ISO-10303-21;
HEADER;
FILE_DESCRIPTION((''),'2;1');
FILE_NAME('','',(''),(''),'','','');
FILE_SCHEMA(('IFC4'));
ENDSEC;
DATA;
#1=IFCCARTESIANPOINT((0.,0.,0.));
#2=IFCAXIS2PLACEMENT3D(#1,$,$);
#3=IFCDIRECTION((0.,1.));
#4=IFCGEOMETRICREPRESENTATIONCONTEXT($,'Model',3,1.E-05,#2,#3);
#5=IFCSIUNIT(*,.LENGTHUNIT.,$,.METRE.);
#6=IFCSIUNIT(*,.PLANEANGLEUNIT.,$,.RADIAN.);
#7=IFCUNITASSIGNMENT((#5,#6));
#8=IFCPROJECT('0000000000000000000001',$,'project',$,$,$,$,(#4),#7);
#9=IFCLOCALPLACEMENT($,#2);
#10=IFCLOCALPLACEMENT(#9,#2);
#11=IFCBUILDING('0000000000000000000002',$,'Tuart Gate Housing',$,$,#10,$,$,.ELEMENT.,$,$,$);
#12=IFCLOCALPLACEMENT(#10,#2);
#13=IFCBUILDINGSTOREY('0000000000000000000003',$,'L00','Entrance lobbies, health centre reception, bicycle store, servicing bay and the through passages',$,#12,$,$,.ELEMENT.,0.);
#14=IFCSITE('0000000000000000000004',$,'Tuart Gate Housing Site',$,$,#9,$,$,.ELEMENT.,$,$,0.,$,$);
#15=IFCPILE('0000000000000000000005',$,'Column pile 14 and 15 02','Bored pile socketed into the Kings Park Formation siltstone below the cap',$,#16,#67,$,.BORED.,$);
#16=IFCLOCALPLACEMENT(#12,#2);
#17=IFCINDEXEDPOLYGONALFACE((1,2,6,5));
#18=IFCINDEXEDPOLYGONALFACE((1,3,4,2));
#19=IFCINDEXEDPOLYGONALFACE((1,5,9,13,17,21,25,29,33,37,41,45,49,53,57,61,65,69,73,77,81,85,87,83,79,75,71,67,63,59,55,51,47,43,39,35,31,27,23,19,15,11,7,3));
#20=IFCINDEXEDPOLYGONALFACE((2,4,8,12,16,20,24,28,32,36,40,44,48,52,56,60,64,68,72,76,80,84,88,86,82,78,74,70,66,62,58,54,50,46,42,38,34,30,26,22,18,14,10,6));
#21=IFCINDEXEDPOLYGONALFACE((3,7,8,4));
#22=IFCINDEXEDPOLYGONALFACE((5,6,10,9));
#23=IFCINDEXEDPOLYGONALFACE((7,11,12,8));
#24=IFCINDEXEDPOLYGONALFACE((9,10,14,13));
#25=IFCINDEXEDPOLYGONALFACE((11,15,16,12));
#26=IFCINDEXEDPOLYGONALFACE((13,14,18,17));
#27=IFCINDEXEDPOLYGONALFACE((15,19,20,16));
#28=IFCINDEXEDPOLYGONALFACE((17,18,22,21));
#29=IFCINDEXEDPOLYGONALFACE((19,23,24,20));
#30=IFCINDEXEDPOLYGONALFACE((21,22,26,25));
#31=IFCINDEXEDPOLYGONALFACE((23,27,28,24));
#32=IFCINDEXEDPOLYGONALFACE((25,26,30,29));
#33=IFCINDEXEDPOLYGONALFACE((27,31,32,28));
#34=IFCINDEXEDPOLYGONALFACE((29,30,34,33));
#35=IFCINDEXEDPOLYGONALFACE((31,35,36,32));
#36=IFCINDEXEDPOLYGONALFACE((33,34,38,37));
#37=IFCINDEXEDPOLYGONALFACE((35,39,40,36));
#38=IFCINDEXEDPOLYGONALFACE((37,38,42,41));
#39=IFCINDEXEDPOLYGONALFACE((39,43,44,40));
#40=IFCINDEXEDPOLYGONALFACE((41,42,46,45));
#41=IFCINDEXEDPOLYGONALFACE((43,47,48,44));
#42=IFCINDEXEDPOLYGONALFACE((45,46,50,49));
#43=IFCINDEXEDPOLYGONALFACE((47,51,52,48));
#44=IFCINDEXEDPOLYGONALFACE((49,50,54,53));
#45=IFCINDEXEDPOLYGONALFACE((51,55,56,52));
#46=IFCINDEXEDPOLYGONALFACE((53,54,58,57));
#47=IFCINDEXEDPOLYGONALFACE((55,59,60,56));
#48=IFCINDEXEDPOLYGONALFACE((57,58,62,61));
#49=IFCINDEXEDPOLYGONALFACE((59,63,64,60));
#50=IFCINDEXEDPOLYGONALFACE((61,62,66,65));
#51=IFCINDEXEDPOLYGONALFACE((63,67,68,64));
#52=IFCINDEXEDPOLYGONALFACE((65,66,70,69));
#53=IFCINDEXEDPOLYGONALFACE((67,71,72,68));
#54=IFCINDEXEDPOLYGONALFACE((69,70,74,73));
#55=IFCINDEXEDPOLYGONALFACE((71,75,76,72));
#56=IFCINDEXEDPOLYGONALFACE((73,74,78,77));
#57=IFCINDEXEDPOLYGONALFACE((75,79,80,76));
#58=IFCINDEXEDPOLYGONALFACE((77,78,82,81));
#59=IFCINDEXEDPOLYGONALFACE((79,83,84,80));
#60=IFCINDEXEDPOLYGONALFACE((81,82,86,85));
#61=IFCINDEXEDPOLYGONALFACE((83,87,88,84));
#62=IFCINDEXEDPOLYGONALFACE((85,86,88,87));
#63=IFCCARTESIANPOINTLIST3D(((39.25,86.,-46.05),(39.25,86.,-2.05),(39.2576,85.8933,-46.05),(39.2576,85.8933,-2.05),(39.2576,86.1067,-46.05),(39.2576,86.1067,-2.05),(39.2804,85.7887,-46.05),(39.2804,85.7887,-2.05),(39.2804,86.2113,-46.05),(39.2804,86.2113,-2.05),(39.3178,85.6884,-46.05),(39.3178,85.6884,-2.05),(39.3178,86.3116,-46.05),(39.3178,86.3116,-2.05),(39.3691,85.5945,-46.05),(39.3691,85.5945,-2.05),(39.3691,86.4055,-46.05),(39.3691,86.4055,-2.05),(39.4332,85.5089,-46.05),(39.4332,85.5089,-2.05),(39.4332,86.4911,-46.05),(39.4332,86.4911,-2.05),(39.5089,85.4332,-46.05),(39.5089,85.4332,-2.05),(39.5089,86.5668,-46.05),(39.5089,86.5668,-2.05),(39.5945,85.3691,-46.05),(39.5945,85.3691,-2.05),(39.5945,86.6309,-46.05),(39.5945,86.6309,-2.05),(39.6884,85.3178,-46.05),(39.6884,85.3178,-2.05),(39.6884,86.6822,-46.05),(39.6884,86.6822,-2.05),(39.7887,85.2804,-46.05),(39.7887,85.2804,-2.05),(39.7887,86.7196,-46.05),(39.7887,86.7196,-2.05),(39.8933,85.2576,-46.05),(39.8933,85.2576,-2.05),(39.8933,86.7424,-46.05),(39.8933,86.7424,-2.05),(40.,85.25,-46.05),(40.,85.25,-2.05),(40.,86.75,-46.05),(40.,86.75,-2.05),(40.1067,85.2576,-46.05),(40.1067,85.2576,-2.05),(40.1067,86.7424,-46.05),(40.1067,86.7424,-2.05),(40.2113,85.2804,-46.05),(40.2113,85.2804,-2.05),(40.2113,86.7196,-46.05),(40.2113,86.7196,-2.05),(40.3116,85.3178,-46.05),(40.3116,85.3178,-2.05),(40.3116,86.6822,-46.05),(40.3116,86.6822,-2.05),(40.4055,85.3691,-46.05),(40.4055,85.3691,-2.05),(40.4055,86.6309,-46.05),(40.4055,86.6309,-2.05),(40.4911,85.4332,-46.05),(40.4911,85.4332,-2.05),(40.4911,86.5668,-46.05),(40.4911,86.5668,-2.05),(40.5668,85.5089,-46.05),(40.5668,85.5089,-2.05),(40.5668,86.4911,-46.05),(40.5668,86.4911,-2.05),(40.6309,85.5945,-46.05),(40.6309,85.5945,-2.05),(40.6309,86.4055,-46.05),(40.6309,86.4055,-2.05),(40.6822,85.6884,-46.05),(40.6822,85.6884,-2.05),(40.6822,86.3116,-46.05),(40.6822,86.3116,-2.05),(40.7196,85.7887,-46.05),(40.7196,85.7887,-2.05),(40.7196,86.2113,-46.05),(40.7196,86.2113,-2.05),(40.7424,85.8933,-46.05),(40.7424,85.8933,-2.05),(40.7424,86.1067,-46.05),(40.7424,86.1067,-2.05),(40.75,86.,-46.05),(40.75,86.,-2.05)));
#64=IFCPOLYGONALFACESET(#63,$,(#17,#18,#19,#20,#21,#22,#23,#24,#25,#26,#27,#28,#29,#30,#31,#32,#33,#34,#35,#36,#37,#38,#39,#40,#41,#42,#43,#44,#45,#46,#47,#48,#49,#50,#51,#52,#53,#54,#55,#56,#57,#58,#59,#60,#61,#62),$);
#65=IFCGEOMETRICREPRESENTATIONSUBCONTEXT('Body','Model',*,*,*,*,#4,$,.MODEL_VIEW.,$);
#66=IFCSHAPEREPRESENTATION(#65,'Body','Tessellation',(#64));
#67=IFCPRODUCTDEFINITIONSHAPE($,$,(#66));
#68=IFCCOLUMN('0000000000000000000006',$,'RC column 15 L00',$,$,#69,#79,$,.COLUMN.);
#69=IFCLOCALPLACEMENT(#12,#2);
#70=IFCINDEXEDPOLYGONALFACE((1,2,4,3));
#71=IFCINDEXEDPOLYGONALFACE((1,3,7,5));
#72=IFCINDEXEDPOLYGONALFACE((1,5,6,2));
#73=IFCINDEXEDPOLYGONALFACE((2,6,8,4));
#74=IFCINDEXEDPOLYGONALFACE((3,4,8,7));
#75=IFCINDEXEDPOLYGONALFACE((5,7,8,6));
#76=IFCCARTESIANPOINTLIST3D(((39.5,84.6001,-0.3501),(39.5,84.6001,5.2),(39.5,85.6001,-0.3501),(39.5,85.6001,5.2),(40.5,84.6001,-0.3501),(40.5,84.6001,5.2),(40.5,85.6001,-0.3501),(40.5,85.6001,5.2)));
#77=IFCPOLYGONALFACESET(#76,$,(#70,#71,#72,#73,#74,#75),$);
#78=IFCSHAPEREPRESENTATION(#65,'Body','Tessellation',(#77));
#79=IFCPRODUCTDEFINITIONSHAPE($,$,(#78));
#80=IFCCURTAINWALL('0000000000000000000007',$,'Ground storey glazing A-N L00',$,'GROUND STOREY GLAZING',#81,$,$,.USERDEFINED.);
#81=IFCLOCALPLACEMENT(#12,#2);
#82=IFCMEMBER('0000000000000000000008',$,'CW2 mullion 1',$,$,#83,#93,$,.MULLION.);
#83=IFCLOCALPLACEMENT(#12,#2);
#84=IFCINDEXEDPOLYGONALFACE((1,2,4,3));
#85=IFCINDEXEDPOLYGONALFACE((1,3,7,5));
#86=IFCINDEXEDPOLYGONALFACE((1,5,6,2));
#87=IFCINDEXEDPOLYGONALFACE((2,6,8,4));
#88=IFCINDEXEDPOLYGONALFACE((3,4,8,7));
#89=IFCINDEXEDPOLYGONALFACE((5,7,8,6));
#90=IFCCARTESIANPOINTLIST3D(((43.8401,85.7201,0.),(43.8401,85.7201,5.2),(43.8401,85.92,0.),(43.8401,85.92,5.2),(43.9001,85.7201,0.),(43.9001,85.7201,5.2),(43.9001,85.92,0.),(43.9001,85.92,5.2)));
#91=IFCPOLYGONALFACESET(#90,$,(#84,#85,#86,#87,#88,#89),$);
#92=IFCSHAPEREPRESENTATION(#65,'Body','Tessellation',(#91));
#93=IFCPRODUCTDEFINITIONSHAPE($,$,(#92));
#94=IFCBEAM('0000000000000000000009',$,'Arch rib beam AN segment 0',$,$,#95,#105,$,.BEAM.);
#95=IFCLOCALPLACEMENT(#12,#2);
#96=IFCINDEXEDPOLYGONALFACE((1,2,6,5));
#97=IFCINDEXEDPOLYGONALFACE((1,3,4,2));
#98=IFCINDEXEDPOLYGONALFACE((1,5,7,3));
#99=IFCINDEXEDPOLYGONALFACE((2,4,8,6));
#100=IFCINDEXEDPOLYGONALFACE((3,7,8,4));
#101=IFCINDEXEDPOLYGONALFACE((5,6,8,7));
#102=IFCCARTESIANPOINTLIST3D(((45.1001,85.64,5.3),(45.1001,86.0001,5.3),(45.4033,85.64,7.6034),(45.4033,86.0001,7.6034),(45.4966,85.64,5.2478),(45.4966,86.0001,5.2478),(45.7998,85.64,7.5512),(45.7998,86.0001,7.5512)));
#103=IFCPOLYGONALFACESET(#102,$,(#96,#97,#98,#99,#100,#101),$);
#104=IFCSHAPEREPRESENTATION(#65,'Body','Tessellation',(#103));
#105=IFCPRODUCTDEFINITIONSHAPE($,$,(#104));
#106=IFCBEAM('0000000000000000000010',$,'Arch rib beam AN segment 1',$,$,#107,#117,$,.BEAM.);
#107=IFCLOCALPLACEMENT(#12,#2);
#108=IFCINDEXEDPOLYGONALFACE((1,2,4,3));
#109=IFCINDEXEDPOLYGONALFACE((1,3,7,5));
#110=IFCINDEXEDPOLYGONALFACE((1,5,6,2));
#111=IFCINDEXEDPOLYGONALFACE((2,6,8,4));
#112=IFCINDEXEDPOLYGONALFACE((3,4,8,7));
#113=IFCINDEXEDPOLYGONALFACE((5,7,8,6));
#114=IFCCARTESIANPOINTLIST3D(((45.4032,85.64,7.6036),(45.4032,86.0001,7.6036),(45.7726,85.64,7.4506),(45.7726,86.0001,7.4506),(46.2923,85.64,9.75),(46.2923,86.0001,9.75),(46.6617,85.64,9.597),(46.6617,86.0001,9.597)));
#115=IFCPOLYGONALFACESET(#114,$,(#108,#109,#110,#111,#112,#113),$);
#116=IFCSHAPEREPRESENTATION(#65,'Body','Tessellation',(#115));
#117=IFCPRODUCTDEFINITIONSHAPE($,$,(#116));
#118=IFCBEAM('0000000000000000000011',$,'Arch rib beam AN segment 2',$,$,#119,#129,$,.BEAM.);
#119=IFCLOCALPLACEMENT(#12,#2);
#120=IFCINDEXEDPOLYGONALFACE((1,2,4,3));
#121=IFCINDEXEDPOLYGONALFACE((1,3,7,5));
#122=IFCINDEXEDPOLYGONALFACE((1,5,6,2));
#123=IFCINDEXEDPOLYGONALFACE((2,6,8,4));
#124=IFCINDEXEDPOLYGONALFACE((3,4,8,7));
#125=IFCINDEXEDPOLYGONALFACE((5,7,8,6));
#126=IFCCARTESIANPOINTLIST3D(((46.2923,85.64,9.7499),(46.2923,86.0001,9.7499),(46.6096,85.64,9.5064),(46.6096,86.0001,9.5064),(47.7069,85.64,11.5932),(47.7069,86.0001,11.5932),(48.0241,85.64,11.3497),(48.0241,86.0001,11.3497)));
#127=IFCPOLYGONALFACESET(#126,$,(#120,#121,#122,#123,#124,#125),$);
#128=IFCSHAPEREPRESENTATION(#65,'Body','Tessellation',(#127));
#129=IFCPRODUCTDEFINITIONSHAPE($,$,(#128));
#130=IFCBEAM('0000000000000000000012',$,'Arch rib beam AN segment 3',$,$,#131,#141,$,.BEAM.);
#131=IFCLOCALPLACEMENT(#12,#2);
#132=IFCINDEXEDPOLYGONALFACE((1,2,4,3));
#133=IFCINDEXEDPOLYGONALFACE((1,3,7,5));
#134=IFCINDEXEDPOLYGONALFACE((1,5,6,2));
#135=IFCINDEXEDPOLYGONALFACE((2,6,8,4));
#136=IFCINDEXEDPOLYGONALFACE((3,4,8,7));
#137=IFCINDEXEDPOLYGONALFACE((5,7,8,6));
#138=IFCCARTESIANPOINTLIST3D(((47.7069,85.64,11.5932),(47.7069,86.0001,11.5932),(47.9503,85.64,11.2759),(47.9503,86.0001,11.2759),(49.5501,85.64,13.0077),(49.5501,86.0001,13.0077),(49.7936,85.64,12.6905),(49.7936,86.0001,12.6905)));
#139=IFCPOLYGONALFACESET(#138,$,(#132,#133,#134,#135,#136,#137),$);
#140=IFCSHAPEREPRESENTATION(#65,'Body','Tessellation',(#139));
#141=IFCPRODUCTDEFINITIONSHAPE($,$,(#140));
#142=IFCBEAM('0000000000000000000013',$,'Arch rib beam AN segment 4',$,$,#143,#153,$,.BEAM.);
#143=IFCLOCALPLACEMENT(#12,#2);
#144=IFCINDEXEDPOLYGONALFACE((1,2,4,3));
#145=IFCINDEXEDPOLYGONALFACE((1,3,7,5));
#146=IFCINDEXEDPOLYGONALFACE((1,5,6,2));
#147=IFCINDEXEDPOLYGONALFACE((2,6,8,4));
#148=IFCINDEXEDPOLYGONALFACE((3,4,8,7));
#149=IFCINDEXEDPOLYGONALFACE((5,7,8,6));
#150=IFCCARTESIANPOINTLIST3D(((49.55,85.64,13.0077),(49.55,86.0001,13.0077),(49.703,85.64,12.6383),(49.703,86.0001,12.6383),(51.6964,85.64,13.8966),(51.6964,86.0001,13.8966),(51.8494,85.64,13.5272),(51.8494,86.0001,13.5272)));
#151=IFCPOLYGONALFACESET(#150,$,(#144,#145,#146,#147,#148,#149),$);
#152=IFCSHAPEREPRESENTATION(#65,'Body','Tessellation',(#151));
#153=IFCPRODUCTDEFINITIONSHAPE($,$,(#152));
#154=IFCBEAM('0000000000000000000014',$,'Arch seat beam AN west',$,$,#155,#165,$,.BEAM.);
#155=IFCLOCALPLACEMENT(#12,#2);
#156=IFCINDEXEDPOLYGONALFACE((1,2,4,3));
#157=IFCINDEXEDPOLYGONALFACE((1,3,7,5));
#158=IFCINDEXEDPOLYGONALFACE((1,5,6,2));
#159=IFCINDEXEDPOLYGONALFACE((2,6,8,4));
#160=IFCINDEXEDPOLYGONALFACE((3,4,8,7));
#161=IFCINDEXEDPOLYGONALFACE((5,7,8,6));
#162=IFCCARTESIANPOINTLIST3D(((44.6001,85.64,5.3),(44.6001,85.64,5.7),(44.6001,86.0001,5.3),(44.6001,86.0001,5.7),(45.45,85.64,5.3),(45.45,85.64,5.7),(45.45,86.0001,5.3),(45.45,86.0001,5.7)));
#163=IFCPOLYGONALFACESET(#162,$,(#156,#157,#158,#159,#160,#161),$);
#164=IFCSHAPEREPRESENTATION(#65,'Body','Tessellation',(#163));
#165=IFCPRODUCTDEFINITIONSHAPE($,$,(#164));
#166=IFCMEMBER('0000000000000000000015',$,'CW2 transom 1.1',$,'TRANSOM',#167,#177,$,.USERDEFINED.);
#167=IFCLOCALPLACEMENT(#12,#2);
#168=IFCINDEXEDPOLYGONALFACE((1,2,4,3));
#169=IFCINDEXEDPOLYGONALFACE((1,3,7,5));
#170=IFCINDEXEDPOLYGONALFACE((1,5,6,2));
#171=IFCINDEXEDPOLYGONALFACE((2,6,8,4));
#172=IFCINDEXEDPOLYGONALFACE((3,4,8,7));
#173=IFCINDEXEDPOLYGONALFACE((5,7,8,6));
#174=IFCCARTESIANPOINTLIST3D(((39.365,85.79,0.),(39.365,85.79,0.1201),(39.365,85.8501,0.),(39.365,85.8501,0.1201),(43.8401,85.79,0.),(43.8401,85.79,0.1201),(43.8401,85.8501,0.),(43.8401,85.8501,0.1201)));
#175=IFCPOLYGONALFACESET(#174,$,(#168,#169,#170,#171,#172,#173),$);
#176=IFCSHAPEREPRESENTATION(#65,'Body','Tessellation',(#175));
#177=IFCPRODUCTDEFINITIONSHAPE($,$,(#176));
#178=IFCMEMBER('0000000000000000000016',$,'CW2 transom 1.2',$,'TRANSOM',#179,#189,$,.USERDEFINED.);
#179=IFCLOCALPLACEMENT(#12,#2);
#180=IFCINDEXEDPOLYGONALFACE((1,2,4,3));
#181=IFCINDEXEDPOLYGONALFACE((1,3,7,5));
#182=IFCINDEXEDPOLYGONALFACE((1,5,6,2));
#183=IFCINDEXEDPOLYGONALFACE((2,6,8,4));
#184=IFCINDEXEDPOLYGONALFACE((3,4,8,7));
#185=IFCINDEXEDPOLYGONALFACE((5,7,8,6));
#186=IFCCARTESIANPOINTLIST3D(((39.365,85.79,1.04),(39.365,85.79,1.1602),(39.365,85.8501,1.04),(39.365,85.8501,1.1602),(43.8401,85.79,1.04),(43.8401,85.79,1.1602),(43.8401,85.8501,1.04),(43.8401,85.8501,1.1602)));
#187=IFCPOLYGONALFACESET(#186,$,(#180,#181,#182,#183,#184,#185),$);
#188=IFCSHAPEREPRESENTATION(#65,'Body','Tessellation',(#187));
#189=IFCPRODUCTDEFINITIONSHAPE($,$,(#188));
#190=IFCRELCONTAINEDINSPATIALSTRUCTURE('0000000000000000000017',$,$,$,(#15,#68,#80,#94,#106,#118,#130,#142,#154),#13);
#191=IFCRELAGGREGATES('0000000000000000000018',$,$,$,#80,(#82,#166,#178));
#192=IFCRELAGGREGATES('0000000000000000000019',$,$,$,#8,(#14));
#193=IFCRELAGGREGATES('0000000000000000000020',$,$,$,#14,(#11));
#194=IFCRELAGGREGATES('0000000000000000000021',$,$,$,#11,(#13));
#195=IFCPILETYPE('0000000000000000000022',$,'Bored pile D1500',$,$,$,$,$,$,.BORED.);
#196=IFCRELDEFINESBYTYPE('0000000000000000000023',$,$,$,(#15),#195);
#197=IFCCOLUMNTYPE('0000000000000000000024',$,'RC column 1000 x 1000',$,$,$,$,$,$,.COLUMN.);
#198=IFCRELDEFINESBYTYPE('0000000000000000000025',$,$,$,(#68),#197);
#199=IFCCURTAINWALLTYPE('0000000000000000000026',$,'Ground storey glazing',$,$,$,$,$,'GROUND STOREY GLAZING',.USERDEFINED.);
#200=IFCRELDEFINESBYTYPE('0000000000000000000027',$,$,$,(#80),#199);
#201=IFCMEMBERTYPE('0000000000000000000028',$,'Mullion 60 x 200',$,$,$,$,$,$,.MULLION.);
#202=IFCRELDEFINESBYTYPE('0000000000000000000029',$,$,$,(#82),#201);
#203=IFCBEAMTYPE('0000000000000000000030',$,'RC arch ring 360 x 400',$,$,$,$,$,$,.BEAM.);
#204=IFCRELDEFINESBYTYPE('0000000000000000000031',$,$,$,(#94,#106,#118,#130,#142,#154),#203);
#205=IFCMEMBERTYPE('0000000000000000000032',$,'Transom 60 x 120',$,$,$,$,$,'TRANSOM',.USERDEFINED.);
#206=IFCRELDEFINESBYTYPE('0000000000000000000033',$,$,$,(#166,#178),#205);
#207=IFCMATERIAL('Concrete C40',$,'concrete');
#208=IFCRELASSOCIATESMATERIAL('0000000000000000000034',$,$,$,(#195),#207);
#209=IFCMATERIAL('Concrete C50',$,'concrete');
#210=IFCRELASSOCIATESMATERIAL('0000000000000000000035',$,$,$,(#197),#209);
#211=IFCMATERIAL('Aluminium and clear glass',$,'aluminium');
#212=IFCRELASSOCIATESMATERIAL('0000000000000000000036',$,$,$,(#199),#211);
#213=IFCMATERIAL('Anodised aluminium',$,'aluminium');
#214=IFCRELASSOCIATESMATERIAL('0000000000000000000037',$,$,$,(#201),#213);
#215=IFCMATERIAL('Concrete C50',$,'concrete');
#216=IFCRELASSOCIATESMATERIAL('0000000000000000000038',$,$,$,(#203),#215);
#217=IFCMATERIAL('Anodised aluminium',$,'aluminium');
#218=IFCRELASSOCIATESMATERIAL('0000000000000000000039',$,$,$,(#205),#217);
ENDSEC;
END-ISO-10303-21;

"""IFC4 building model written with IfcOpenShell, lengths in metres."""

from ifc_helpers import new_model, si_unit, direction, frame, origin, origin_2d, place, context, subcontext, project, spatial, rectangle, circle, extrude, material, material_profile, profile_set, type_object, element, aggregate, save


model = new_model("IFC4")

# Units and contexts
model_context = context("Model", 3, precision=1e-05, world=origin(), true_north=direction((0.0, 1.0)))
body_context = subcontext(model_context, "Body", "Model", "MODEL_VIEW")
ifc_project = project(units=[si_unit("LENGTHUNIT", "METRE"), si_unit("PLANEANGLEUNIT", "RADIAN")], contexts=[model_context])

# Site, building, storey
site_placement = place(None, origin())
site = spatial("IfcSite", under=ifc_project, at=site_placement, Name="Tuart Gate Housing Site", CompositionType="ELEMENT", RefElevation=0.0)
building_placement = place(site_placement, origin())
building = spatial("IfcBuilding", under=site, at=building_placement, Name="Tuart Gate Housing", CompositionType="ELEMENT")
storey_placement = place(building_placement, origin())
storey = spatial("IfcBuildingStorey", under=building, at=storey_placement, Name="L00", Description="Entrance lobbies, health centre reception, bicycle store, servicing bay and the through passages", CompositionType="ELEMENT", Elevation=0.0)

# Pile
ifc_material_1 = material(Name="Concrete C40", Category="concrete")
ifc_material_profile_1 = material_profile(ifc_material_1, circle(Radius=0.75, at=origin_2d()), Name="Bored pile D1500")
ifc_profile_set_1 = profile_set([ifc_material_profile_1], Name="Concrete C40")
pile_type = type_object("IfcPileType", Name="Bored pile D1500", PredefinedType="BORED", material=ifc_profile_set_1)
pile_placement = place(storey_placement, frame((40.0, 86.0, -2.05), z_axis=(0.0, 0.0, -1.0), x_axis=(1.0, 0.0, 0.0)))
element("IfcPile", 1, at=pile_placement, inside=storey, type_object=pile_type, Name="Column pile 14 and 15 02", Description="Bored pile socketed into the Kings Park Formation siltstone below the cap", PredefinedType="BORED", context=body_context, shape_type="SweptSolid", body=[
    extrude(circle(Radius=0.75, at=origin_2d()), origin(), (0.0, 0.0, 1.0), 44.0),
])

# Column
ifc_material_2 = material(Name="Concrete C50", Category="concrete")
ifc_material_profile_2 = material_profile(ifc_material_2, rectangle(XDim=1.0, YDim=1.0, at=origin_2d()), Name="RC column 1000 x 1000")
ifc_profile_set_2 = profile_set([ifc_material_profile_2], Name="Concrete C50")
column_type = type_object("IfcColumnType", Name="RC column 1000 x 1000", PredefinedType="COLUMN", material=ifc_profile_set_2)
column_placement = place(storey_placement, frame((40.0, 85.1001, -0.3501), z_axis=(0.0, 0.0, 1.0), x_axis=(1.0, 0.0, 0.0)))
element("IfcColumn", 2, at=column_placement, inside=storey, type_object=column_type, Name="RC column 15 L00", PredefinedType="COLUMN", context=body_context, shape_type="SweptSolid", body=[
    extrude(rectangle(XDim=1.0, YDim=1.0, at=origin_2d()), origin(), (0.0, 0.0, 1.0), 5.55),
])

# Curtain wall, member
ifc_material_3 = material(Name="Aluminium and clear glass", Category="aluminium")
curtain_wall_type = type_object("IfcCurtainWallType", Name="Ground storey glazing", ElementType="GROUND STOREY GLAZING", PredefinedType="USERDEFINED", material=ifc_material_3)
curtain_wall_placement = place(storey_placement, origin())
curtain_wall = element("IfcCurtainWall", 3, at=curtain_wall_placement, inside=storey, type_object=curtain_wall_type, Name="Ground storey glazing A-N L00", ObjectType="GROUND STOREY GLAZING", PredefinedType="USERDEFINED")
ifc_material_4 = material(Name="Anodised aluminium", Category="aluminium")
ifc_material_profile_3 = material_profile(ifc_material_4, rectangle(XDim=0.0601, YDim=0.2, at=origin_2d()), Name="60x200")
ifc_profile_set_3 = profile_set([ifc_material_profile_3], Name="Anodised aluminium")
member_type_1 = type_object("IfcMemberType", Name="Mullion 60 x 200", PredefinedType="MULLION", material=ifc_profile_set_3)
member_1_placement = place(storey_placement, frame((43.8701, 85.8201, 0.0), z_axis=(0.0, 0.0, 1.0), x_axis=(-1.0, 0.0, 0.0)))
member_1 = element("IfcMember", 4, at=member_1_placement, type_object=member_type_1, Name="CW2 mullion 1", PredefinedType="MULLION", context=body_context, shape_type="SweptSolid", body=[
    extrude(rectangle(XDim=0.0601, YDim=0.2, at=origin_2d()), origin(), (0.0, 0.0, 1.0), 5.2),
])

# Beams
ifc_material_5 = material(Name="Concrete C50", Category="concrete")
ifc_material_profile_4 = material_profile(ifc_material_5, rectangle(XDim=0.3601, YDim=0.3999, at=origin_2d()), Name="RC arch ring 360 x 400")
ifc_profile_set_4 = profile_set([ifc_material_profile_4], Name="Concrete C50")
beam_type = type_object("IfcBeamType", Name="RC arch ring 360 x 400", PredefinedType="BEAM", material=ifc_profile_set_4)
for number, where, z_axis, x_axis, name in (
    (5, (45.2983, 85.8201, 5.2739), (0.130512, 0.0, 0.991447), (0.0, 1.0, 0.0), "Arch rib beam AN segment 0"),
    (6, (45.5879, 85.8201, 7.5271), (0.382704, 0.0, 0.923871), (0.0, 1.0, 0.0), "Arch rib beam AN segment 1"),
):
    element("IfcBeam", number, at=place(storey_placement, frame(where, z_axis=z_axis, x_axis=x_axis)), inside=storey, type_object=beam_type, Name=name, PredefinedType="BEAM", context=body_context, shape_type="SweptSolid", body=[
        extrude(rectangle(XDim=0.3601, YDim=0.3999, at=origin_2d()), origin(), (0.0, 0.0, 1.0), 2.3232),
    ])
for number, where, z_axis, x_axis, name in (
    (7, (46.4509, 85.8201, 9.6282), (0.608806, 0.0, 0.793319), (0.0, 1.0, 0.0), "Arch rib beam AN segment 2"),
    (8, (47.8286, 85.8201, 11.4346), (0.793319, 0.0, 0.608806), (0.0, 1.0, 0.0), "Arch rib beam AN segment 3"),
):
    element("IfcBeam", number, at=place(storey_placement, frame(where, z_axis=z_axis, x_axis=x_axis)), inside=storey, type_object=beam_type, Name=name, PredefinedType="BEAM", context=body_context, shape_type="SweptSolid", body=[
        extrude(rectangle(XDim=0.3601, YDim=0.3999, at=origin_2d()), origin(), (0.0, 0.0, 1.0), 2.3235),
    ])
beam_1_placement = place(storey_placement, frame((49.6265, 85.8201, 12.823), z_axis=(0.923908, 0.0, 0.382615), x_axis=(0.0, 1.0, 0.0)))
element("IfcBeam", 9, at=beam_1_placement, inside=storey, type_object=beam_type, Name="Arch rib beam AN segment 4", PredefinedType="BEAM", context=body_context, shape_type="SweptSolid", body=[
    extrude(rectangle(XDim=0.3601, YDim=0.3999, at=origin_2d()), origin(), (0.0, 0.0, 1.0), 2.3232),
])
beam_2_placement = place(storey_placement, frame((44.6001, 85.8201, 5.5), z_axis=(1.0, 0.0, 0.0), x_axis=(0.0, 1.0, 0.0)))
element("IfcBeam", 10, at=beam_2_placement, inside=storey, type_object=beam_type, Name="Arch seat beam AN west", PredefinedType="BEAM", context=body_context, shape_type="SweptSolid", body=[
    extrude(rectangle(XDim=0.3601, YDim=0.3999, at=origin_2d()), origin(), (0.0, 0.0, 1.0), 0.8499),
])

# Members
ifc_material_6 = material(Name="Anodised aluminium", Category="aluminium")
ifc_material_profile_5 = material_profile(ifc_material_6, rectangle(XDim=0.0601, YDim=0.1201, at=origin_2d()), Name="60x120")
ifc_profile_set_5 = profile_set([ifc_material_profile_5], Name="Anodised aluminium")
member_type_2 = type_object("IfcMemberType", Name="Transom 60 x 120", ElementType="TRANSOM", PredefinedType="USERDEFINED", material=ifc_profile_set_5)
member_2_placement = place(storey_placement, frame((43.8401, 85.8201, 0.0601), z_axis=(-1.0, 0.0, 0.0), x_axis=(0.0, -1.0, 0.0)))
member_2 = element("IfcMember", 11, at=member_2_placement, type_object=member_type_2, Name="CW2 transom 1.1", ObjectType="TRANSOM", PredefinedType="USERDEFINED", context=body_context, shape_type="SweptSolid", body=[
    extrude(rectangle(XDim=0.0601, YDim=0.1201, at=origin_2d()), origin(), (0.0, 0.0, 1.0), 4.4751),
])
member_3_placement = place(storey_placement, frame((43.8401, 85.8201, 1.1001), z_axis=(-1.0, 0.0, 0.0), x_axis=(0.0, -1.0, 0.0)))
member_3 = element("IfcMember", 12, at=member_3_placement, type_object=member_type_2, Name="CW2 transom 1.2", ObjectType="TRANSOM", PredefinedType="USERDEFINED", context=body_context, shape_type="SweptSolid", body=[
    extrude(rectangle(XDim=0.0601, YDim=0.1201, at=origin_2d()), origin(), (0.0, 0.0, 1.0), 4.4751),
])

aggregate(curtain_wall, [member_1, member_2, member_3])

save(model, "model.ifc")
